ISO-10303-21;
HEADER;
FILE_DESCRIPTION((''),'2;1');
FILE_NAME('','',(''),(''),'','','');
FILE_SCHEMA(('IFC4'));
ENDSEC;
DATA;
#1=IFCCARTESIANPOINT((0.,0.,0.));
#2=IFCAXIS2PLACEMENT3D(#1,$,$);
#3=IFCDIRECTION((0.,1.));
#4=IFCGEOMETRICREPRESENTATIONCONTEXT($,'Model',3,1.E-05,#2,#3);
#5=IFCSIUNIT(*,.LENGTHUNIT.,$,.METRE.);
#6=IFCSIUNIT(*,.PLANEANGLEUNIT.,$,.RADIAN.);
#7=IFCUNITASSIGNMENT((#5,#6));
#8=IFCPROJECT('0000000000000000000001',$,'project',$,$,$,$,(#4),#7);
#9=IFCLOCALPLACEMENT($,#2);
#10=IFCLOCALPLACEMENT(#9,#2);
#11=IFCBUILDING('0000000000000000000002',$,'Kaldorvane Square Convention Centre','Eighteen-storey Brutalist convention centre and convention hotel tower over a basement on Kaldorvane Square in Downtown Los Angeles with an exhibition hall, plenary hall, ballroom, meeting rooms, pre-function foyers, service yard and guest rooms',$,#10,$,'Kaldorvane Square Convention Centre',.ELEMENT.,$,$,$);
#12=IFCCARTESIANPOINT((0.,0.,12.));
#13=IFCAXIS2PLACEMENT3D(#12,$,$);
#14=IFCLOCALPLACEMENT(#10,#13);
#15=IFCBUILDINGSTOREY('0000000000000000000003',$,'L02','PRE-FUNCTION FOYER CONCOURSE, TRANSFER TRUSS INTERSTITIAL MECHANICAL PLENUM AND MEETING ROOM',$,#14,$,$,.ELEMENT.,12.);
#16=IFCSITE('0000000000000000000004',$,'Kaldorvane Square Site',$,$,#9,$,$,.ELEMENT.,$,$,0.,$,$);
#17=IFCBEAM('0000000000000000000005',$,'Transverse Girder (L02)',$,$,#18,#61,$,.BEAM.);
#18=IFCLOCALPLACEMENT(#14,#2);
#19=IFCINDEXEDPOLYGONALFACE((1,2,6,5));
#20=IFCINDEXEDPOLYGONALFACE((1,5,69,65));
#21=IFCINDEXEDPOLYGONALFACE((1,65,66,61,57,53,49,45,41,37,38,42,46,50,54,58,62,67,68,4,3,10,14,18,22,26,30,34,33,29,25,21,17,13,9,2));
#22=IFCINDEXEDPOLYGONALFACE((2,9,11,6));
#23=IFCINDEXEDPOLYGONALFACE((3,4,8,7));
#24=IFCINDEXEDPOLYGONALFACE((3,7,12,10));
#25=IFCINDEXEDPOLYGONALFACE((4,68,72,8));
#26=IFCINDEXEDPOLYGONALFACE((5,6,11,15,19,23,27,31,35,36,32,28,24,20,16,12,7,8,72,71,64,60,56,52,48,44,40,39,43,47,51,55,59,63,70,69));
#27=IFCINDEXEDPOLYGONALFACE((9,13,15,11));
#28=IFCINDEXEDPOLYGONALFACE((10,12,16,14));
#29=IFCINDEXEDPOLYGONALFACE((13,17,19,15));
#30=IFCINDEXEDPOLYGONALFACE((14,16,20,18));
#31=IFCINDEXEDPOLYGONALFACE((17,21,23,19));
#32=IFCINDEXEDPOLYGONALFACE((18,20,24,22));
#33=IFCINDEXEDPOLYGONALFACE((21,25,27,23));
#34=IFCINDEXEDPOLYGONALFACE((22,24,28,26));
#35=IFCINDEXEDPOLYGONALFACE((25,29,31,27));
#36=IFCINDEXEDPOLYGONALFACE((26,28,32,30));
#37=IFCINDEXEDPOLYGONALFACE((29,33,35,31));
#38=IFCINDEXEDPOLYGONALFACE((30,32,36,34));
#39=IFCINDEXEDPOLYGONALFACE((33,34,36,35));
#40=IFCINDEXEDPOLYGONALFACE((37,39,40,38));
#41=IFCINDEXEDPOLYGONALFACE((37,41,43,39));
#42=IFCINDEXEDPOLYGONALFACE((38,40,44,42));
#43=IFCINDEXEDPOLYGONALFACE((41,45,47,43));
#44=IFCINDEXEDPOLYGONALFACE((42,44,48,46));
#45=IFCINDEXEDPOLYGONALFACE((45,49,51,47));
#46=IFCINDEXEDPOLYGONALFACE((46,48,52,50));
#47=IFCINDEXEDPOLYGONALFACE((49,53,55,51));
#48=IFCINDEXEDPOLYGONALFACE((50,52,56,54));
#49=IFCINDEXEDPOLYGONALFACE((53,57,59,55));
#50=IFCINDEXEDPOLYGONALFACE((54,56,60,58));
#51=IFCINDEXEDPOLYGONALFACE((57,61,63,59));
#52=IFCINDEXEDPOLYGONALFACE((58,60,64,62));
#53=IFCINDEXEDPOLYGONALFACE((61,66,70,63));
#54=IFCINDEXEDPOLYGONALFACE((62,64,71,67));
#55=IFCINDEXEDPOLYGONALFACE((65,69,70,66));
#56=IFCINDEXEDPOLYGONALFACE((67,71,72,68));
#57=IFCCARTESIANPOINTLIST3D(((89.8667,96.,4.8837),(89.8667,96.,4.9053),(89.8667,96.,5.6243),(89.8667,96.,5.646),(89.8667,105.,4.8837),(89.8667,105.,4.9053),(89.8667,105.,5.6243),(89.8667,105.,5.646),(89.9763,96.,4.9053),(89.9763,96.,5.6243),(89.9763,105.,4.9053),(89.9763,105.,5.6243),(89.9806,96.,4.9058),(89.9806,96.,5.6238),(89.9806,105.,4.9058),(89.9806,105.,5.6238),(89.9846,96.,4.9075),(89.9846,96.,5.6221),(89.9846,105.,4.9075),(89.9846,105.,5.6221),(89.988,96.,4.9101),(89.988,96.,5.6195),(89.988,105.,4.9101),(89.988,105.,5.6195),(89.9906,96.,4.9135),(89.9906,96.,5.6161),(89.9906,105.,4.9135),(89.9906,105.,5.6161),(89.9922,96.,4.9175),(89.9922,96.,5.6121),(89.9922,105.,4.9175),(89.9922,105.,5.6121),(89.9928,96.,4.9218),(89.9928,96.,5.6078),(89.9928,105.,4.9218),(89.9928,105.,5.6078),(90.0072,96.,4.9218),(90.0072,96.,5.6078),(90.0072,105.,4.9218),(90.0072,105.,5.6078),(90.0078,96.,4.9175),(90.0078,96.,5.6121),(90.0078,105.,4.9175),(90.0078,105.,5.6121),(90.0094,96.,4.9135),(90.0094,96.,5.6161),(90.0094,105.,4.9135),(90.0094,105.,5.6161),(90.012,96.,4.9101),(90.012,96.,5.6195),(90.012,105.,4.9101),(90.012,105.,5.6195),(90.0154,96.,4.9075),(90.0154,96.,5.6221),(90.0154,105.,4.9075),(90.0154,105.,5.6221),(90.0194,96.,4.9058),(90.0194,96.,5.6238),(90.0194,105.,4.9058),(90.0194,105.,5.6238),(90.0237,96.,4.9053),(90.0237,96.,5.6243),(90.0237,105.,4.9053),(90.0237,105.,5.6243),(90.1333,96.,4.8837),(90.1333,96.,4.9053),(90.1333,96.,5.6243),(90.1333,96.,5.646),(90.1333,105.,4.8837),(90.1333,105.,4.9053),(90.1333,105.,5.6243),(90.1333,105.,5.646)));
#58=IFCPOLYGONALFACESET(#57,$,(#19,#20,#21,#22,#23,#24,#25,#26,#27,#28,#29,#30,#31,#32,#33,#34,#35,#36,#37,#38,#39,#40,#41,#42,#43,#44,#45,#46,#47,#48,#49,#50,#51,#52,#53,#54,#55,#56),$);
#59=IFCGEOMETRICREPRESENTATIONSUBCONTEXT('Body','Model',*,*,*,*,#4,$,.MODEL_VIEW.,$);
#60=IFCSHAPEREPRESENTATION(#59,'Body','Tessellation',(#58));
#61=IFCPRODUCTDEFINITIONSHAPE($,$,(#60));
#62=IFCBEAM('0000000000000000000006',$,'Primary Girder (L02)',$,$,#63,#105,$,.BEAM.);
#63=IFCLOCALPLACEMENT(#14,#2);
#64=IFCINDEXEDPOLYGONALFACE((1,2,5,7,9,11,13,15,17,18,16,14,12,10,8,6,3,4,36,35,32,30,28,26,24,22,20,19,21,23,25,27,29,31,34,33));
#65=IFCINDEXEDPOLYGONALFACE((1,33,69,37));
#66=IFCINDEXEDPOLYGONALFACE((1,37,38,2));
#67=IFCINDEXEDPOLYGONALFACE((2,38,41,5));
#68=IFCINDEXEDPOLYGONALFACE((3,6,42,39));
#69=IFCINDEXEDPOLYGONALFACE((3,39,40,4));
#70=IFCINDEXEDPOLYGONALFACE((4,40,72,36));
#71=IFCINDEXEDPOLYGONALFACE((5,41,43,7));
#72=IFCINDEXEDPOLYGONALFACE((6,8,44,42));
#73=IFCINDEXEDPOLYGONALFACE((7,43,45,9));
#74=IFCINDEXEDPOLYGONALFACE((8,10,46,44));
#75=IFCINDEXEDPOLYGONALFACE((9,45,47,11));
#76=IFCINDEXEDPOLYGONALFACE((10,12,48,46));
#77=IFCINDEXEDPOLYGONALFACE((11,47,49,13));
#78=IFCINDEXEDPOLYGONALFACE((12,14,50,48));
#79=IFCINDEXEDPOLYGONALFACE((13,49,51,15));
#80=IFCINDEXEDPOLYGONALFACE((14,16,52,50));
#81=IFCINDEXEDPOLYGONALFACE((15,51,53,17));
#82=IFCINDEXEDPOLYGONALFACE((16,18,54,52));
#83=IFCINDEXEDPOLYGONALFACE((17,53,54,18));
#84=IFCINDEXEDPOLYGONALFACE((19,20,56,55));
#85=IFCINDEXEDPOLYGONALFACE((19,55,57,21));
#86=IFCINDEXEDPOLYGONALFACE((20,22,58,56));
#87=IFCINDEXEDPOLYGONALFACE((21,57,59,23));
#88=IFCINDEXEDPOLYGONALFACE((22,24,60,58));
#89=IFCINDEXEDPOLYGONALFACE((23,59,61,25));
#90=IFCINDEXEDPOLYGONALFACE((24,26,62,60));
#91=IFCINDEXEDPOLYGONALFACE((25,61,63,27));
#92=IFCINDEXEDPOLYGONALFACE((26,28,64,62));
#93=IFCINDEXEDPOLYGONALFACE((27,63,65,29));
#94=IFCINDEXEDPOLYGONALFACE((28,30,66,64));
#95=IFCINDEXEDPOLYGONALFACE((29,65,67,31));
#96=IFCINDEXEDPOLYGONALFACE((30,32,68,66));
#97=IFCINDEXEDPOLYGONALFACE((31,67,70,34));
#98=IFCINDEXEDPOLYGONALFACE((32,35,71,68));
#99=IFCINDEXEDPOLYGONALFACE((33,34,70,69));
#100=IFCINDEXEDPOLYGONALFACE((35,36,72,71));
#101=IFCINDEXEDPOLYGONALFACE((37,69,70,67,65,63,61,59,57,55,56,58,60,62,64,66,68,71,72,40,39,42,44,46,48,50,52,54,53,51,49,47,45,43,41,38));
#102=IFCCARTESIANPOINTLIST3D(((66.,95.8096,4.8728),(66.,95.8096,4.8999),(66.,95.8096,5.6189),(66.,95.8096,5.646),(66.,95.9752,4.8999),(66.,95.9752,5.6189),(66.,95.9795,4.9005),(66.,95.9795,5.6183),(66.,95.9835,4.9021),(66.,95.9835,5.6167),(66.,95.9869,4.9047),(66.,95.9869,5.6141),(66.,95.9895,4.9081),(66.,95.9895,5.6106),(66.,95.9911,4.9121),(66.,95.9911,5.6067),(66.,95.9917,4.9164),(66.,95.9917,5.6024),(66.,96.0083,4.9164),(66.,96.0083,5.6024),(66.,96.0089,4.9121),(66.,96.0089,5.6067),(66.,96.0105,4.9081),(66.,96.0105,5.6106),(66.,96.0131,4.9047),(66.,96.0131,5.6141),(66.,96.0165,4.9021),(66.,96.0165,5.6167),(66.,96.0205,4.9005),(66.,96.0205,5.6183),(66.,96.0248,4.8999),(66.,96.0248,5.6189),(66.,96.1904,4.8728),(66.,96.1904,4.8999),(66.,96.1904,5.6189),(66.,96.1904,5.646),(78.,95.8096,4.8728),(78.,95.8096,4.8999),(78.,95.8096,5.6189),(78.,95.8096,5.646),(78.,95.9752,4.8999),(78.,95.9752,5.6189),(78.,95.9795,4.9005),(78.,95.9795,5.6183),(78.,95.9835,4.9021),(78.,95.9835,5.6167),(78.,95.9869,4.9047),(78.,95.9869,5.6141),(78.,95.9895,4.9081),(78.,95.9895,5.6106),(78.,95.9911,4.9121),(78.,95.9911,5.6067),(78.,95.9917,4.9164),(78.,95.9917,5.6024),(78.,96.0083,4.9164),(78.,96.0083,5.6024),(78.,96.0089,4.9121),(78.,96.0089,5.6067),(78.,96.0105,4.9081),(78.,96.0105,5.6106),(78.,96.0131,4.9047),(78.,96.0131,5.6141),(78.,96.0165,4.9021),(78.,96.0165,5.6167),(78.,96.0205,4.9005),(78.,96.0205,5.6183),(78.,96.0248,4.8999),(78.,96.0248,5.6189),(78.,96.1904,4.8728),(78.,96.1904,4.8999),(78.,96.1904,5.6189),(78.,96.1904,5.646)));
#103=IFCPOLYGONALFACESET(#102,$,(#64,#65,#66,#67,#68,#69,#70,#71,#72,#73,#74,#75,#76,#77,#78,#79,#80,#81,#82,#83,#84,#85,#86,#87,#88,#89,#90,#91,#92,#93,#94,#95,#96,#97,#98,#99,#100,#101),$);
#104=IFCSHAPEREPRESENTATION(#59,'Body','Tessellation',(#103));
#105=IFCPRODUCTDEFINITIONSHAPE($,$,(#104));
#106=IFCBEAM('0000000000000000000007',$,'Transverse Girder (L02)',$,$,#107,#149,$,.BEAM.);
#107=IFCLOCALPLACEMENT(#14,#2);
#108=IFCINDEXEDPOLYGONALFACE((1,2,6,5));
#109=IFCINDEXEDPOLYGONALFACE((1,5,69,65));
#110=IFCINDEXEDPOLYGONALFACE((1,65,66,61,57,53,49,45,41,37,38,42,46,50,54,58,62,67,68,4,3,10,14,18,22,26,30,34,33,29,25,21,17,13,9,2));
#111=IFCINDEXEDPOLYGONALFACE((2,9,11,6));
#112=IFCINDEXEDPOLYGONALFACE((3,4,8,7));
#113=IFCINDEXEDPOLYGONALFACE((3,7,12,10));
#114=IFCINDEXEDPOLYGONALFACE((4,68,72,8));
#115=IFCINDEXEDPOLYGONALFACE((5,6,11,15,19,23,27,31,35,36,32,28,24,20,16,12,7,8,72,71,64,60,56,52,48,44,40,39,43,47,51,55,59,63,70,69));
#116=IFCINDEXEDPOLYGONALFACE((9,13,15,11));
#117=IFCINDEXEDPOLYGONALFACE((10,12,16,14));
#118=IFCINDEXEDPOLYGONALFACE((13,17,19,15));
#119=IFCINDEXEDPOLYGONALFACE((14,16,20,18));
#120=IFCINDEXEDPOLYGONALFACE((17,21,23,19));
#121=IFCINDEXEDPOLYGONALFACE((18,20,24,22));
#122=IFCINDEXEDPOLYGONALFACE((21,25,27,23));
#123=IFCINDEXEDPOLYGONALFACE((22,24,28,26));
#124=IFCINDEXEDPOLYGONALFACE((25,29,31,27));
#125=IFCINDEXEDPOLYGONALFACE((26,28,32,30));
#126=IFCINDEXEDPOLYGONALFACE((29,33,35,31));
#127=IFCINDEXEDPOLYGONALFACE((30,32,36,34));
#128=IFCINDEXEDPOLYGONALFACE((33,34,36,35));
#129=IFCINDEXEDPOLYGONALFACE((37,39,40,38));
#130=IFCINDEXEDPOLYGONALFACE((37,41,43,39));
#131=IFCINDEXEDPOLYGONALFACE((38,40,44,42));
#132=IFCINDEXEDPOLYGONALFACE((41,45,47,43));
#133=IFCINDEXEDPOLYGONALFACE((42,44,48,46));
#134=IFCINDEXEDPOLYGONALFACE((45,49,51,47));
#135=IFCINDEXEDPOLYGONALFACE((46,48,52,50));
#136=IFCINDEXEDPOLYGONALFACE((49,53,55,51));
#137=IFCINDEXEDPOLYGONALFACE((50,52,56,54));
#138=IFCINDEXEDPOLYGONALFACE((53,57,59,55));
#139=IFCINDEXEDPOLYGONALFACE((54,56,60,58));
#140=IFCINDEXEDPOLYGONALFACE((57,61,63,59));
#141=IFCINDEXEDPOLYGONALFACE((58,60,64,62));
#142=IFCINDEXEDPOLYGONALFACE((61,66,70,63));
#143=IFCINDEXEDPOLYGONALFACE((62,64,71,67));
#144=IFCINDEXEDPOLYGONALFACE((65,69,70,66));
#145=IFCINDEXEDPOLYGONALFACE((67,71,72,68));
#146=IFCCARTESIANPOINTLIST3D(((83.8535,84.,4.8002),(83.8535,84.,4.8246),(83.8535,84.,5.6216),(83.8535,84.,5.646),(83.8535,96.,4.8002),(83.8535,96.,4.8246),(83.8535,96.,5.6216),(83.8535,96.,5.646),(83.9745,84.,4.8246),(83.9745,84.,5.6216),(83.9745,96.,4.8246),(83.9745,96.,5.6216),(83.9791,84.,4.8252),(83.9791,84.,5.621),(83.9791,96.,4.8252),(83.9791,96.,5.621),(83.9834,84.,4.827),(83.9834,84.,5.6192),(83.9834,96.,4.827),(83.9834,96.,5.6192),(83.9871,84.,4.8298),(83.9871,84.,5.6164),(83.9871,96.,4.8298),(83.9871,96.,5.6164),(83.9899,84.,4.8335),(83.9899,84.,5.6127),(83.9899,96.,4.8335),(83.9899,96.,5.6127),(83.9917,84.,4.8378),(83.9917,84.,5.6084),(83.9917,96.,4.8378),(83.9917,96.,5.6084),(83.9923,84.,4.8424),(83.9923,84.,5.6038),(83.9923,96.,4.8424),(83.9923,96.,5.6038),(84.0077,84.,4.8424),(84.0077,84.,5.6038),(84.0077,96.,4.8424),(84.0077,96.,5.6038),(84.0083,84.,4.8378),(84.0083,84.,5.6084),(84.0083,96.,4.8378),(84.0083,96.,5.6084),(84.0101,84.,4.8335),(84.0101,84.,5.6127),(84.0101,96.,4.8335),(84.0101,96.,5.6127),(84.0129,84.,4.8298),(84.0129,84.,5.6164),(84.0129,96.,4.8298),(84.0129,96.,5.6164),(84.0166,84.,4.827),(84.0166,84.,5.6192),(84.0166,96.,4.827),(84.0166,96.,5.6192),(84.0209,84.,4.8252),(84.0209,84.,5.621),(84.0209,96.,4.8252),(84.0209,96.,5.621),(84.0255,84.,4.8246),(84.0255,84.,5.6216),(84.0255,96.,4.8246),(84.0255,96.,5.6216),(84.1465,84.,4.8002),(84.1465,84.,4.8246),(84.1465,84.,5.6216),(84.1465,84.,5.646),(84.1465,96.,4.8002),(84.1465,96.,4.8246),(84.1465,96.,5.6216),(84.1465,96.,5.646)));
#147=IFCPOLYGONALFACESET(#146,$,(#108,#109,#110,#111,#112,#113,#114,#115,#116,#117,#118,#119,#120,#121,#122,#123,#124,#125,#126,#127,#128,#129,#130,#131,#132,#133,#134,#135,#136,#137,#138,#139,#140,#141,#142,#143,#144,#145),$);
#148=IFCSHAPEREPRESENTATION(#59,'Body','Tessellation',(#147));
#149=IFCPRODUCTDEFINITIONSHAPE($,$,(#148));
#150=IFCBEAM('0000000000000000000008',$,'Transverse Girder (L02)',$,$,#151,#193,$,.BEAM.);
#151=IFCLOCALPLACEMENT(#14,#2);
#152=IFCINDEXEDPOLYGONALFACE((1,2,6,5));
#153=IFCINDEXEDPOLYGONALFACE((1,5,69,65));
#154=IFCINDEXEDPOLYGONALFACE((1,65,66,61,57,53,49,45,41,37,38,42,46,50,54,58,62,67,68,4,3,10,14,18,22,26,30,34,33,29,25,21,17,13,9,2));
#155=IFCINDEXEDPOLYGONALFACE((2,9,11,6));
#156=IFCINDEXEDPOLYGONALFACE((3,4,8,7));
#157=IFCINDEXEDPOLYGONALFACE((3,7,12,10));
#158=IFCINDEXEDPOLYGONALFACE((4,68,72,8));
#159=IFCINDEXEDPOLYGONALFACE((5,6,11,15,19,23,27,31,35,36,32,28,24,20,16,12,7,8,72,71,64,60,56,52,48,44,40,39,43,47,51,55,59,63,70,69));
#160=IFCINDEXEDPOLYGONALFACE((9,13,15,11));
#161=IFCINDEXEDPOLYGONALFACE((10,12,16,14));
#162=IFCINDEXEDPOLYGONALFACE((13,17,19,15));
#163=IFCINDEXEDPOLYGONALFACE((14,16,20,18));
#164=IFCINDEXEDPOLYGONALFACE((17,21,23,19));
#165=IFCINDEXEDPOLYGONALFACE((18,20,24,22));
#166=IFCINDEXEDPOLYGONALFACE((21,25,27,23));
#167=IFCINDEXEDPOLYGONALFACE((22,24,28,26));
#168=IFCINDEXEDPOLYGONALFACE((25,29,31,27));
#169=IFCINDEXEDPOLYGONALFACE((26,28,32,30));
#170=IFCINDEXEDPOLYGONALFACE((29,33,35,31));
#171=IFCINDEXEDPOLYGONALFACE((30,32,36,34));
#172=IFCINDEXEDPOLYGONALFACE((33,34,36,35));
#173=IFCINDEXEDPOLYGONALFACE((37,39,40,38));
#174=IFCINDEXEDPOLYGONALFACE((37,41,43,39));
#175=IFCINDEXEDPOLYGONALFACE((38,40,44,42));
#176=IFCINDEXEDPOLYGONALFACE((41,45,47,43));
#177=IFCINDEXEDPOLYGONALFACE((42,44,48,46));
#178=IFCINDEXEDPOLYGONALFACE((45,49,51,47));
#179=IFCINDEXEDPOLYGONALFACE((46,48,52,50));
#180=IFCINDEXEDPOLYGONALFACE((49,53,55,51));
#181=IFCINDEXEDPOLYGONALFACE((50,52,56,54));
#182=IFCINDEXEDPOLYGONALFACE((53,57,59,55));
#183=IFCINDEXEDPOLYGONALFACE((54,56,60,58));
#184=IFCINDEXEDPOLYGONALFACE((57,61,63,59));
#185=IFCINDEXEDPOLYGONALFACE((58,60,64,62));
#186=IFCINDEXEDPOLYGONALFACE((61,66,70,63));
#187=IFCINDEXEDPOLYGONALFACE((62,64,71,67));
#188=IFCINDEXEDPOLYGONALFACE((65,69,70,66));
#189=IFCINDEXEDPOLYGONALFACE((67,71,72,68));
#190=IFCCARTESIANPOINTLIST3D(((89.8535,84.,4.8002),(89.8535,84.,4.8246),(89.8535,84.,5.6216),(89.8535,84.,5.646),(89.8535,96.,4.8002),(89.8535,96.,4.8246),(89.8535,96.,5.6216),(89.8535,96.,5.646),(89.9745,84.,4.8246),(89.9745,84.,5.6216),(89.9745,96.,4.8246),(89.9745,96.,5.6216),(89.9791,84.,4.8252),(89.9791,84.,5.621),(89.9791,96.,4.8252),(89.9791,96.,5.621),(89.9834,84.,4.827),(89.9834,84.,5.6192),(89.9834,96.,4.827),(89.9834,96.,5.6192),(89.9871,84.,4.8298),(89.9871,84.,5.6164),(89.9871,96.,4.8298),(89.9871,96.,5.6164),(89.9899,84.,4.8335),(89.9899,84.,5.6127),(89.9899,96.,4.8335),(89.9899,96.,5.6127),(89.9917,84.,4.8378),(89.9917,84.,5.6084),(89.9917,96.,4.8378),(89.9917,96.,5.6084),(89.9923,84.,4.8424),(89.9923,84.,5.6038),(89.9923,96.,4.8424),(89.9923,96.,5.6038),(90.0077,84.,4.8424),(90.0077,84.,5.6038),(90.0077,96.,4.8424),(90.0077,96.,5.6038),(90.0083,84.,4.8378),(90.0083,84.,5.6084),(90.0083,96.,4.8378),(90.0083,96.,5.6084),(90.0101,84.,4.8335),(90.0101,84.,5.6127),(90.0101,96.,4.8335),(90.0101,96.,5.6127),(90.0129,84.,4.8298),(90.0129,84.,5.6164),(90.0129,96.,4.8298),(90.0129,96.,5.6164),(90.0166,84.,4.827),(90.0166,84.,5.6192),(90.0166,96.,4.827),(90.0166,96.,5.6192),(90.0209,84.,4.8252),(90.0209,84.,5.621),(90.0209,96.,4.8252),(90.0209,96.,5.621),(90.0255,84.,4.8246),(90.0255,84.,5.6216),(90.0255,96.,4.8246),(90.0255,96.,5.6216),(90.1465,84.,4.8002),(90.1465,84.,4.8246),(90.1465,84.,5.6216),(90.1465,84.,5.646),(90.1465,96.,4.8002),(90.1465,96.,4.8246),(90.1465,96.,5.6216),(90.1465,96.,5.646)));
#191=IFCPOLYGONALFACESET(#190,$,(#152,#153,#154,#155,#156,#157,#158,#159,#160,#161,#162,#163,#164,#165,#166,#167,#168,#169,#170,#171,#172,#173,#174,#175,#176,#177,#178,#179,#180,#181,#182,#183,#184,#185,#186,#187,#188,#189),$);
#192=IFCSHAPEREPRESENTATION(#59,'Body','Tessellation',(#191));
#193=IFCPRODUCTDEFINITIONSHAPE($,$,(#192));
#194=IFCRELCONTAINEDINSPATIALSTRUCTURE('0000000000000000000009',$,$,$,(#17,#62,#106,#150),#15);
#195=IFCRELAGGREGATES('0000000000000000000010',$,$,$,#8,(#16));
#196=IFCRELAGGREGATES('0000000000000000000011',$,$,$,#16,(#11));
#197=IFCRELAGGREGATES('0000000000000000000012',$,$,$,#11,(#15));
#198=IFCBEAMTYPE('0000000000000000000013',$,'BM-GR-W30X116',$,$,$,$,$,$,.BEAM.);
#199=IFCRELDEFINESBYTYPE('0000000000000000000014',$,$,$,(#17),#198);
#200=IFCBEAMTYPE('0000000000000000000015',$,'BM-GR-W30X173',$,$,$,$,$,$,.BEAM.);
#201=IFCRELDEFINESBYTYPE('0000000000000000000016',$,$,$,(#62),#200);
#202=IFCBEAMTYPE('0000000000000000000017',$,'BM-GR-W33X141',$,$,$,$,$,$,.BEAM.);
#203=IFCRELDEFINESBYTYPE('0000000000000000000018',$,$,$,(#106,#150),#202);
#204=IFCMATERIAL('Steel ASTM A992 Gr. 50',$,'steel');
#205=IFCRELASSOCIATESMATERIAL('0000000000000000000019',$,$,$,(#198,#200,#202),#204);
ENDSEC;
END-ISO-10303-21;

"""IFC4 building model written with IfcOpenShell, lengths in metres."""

from ifc_helpers import new_model, si_unit, direction, frame, origin, origin_2d, place, context, subcontext, project, spatial, i_section, extrude, material, material_profile, profile_set, type_object, element, save


model = new_model("IFC4")

# Units and contexts
model_context = context("Model", 3, precision=1e-05, world=origin(), true_north=direction((0.0, 1.0)))
body_context = subcontext(model_context, "Body", "Model", "MODEL_VIEW")
ifc_project = project(units=[si_unit("LENGTHUNIT", "METRE"), si_unit("PLANEANGLEUNIT", "RADIAN")], contexts=[model_context])

# Site, building, storey
site_placement = place(None, origin())
site = spatial("IfcSite", under=ifc_project, at=site_placement, Name="Kaldorvane Square Site", CompositionType="ELEMENT", RefElevation=0.0)
building_placement = place(site_placement, origin())
building = spatial("IfcBuilding", under=site, at=building_placement, Name="Kaldorvane Square Convention Centre", Description="Eighteen-storey Brutalist convention centre and convention hotel tower over a basement on Kaldorvane Square in Downtown Los Angeles with an exhibition hall, plenary hall, ballroom, meeting rooms, pre-function foyers, service yard and guest rooms", LongName="Kaldorvane Square Convention Centre", CompositionType="ELEMENT")
storey_placement = place(building_placement, frame((0.0, 0.0, 12.0)))
storey = spatial("IfcBuildingStorey", under=building, at=storey_placement, Name="L02", Description="PRE-FUNCTION FOYER CONCOURSE, TRANSFER TRUSS INTERSTITIAL MECHANICAL PLENUM AND MEETING ROOM", CompositionType="ELEMENT", Elevation=12.0)

# Shared definitions
ifc_material_1 = material(Name="Steel ASTM A992 Gr. 50", Category="steel")

# Beams
ifc_material_profile_1 = material_profile(ifc_material_1, i_section(OverallWidth=0.2666, OverallDepth=0.7623, WebThickness=0.0144, FlangeThickness=0.0216, FilletRadius=0.0165, at=origin_2d()), Name="W30X116")
ifc_profile_set_1 = profile_set([ifc_material_profile_1], Name="Steel ASTM A992 Gr. 50")
beam_type_1 = type_object("IfcBeamType", Name="BM-GR-W30X116", PredefinedType="BEAM", material=ifc_profile_set_1)
for number, where, z_axis, x_axis, name in (
    (1, (90.0, 96.0, 5.2648), (0.0, 1.0, 0.0), (-1.0, 0.0, 0.0), "Transverse Girder (L02)"),
):
    element("IfcBeam", number, at=place(storey_placement, frame(where, z_axis=z_axis, x_axis=x_axis)), inside=storey, type_object=beam_type_1, Name=name, PredefinedType="BEAM", context=body_context, shape_type="SweptSolid", body=[
        extrude(i_section(OverallWidth=0.2666, OverallDepth=0.7623, WebThickness=0.0144, FlangeThickness=0.0216, FilletRadius=0.0165, at=origin_2d()), origin(), (0.0, 0.0, 1.0), 9.0),
    ])
ifc_material_profile_2 = material_profile(ifc_material_1, i_section(OverallWidth=0.3807, OverallDepth=0.7732, WebThickness=0.0166, FlangeThickness=0.0271, FilletRadius=0.0165, at=origin_2d()), Name="W30X173")
ifc_profile_set_2 = profile_set([ifc_material_profile_2], Name="Steel ASTM A992 Gr. 50")
beam_type_2 = type_object("IfcBeamType", Name="BM-GR-W30X173", PredefinedType="BEAM", material=ifc_profile_set_2)
beam_1_placement = place(storey_placement, frame((66.0, 96.0, 5.2594), z_axis=(1.0, 0.0, 0.0), x_axis=(0.0, 1.0, 0.0)))
element("IfcBeam", 2, at=beam_1_placement, inside=storey, type_object=beam_type_2, Name="Primary Girder (L02)", PredefinedType="BEAM", context=body_context, shape_type="SweptSolid", body=[
    extrude(i_section(OverallWidth=0.3807, OverallDepth=0.7732, WebThickness=0.0166, FlangeThickness=0.0271, FilletRadius=0.0165, at=origin_2d()), origin(), (0.0, 0.0, 1.0), 12.0),
])
ifc_material_profile_3 = material_profile(ifc_material_1, i_section(OverallWidth=0.293, OverallDepth=0.8458, WebThickness=0.0154, FlangeThickness=0.0244, FilletRadius=0.0178, at=origin_2d()), Name="W33X141")
ifc_profile_set_3 = profile_set([ifc_material_profile_3], Name="Steel ASTM A992 Gr. 50")
beam_type_3 = type_object("IfcBeamType", Name="BM-GR-W33X141", PredefinedType="BEAM", material=ifc_profile_set_3)
for number, where, z_axis, x_axis, name in (
    (3, (84.0, 84.0, 5.2231), (0.0, 1.0, 0.0), (-1.0, 0.0, 0.0), "Transverse Girder (L02)"),
    (4, (90.0, 84.0, 5.2231), (0.0, 1.0, 0.0), (-1.0, 0.0, 0.0), "Transverse Girder (L02)"),
):
    element("IfcBeam", number, at=place(storey_placement, frame(where, z_axis=z_axis, x_axis=x_axis)), inside=storey, type_object=beam_type_3, Name=name, PredefinedType="BEAM", context=body_context, shape_type="SweptSolid", body=[
        extrude(i_section(OverallWidth=0.293, OverallDepth=0.8458, WebThickness=0.0154, FlangeThickness=0.0244, FilletRadius=0.0178, at=origin_2d()), origin(), (0.0, 0.0, 1.0), 12.0),
    ])

save(model, "model.ifc")
